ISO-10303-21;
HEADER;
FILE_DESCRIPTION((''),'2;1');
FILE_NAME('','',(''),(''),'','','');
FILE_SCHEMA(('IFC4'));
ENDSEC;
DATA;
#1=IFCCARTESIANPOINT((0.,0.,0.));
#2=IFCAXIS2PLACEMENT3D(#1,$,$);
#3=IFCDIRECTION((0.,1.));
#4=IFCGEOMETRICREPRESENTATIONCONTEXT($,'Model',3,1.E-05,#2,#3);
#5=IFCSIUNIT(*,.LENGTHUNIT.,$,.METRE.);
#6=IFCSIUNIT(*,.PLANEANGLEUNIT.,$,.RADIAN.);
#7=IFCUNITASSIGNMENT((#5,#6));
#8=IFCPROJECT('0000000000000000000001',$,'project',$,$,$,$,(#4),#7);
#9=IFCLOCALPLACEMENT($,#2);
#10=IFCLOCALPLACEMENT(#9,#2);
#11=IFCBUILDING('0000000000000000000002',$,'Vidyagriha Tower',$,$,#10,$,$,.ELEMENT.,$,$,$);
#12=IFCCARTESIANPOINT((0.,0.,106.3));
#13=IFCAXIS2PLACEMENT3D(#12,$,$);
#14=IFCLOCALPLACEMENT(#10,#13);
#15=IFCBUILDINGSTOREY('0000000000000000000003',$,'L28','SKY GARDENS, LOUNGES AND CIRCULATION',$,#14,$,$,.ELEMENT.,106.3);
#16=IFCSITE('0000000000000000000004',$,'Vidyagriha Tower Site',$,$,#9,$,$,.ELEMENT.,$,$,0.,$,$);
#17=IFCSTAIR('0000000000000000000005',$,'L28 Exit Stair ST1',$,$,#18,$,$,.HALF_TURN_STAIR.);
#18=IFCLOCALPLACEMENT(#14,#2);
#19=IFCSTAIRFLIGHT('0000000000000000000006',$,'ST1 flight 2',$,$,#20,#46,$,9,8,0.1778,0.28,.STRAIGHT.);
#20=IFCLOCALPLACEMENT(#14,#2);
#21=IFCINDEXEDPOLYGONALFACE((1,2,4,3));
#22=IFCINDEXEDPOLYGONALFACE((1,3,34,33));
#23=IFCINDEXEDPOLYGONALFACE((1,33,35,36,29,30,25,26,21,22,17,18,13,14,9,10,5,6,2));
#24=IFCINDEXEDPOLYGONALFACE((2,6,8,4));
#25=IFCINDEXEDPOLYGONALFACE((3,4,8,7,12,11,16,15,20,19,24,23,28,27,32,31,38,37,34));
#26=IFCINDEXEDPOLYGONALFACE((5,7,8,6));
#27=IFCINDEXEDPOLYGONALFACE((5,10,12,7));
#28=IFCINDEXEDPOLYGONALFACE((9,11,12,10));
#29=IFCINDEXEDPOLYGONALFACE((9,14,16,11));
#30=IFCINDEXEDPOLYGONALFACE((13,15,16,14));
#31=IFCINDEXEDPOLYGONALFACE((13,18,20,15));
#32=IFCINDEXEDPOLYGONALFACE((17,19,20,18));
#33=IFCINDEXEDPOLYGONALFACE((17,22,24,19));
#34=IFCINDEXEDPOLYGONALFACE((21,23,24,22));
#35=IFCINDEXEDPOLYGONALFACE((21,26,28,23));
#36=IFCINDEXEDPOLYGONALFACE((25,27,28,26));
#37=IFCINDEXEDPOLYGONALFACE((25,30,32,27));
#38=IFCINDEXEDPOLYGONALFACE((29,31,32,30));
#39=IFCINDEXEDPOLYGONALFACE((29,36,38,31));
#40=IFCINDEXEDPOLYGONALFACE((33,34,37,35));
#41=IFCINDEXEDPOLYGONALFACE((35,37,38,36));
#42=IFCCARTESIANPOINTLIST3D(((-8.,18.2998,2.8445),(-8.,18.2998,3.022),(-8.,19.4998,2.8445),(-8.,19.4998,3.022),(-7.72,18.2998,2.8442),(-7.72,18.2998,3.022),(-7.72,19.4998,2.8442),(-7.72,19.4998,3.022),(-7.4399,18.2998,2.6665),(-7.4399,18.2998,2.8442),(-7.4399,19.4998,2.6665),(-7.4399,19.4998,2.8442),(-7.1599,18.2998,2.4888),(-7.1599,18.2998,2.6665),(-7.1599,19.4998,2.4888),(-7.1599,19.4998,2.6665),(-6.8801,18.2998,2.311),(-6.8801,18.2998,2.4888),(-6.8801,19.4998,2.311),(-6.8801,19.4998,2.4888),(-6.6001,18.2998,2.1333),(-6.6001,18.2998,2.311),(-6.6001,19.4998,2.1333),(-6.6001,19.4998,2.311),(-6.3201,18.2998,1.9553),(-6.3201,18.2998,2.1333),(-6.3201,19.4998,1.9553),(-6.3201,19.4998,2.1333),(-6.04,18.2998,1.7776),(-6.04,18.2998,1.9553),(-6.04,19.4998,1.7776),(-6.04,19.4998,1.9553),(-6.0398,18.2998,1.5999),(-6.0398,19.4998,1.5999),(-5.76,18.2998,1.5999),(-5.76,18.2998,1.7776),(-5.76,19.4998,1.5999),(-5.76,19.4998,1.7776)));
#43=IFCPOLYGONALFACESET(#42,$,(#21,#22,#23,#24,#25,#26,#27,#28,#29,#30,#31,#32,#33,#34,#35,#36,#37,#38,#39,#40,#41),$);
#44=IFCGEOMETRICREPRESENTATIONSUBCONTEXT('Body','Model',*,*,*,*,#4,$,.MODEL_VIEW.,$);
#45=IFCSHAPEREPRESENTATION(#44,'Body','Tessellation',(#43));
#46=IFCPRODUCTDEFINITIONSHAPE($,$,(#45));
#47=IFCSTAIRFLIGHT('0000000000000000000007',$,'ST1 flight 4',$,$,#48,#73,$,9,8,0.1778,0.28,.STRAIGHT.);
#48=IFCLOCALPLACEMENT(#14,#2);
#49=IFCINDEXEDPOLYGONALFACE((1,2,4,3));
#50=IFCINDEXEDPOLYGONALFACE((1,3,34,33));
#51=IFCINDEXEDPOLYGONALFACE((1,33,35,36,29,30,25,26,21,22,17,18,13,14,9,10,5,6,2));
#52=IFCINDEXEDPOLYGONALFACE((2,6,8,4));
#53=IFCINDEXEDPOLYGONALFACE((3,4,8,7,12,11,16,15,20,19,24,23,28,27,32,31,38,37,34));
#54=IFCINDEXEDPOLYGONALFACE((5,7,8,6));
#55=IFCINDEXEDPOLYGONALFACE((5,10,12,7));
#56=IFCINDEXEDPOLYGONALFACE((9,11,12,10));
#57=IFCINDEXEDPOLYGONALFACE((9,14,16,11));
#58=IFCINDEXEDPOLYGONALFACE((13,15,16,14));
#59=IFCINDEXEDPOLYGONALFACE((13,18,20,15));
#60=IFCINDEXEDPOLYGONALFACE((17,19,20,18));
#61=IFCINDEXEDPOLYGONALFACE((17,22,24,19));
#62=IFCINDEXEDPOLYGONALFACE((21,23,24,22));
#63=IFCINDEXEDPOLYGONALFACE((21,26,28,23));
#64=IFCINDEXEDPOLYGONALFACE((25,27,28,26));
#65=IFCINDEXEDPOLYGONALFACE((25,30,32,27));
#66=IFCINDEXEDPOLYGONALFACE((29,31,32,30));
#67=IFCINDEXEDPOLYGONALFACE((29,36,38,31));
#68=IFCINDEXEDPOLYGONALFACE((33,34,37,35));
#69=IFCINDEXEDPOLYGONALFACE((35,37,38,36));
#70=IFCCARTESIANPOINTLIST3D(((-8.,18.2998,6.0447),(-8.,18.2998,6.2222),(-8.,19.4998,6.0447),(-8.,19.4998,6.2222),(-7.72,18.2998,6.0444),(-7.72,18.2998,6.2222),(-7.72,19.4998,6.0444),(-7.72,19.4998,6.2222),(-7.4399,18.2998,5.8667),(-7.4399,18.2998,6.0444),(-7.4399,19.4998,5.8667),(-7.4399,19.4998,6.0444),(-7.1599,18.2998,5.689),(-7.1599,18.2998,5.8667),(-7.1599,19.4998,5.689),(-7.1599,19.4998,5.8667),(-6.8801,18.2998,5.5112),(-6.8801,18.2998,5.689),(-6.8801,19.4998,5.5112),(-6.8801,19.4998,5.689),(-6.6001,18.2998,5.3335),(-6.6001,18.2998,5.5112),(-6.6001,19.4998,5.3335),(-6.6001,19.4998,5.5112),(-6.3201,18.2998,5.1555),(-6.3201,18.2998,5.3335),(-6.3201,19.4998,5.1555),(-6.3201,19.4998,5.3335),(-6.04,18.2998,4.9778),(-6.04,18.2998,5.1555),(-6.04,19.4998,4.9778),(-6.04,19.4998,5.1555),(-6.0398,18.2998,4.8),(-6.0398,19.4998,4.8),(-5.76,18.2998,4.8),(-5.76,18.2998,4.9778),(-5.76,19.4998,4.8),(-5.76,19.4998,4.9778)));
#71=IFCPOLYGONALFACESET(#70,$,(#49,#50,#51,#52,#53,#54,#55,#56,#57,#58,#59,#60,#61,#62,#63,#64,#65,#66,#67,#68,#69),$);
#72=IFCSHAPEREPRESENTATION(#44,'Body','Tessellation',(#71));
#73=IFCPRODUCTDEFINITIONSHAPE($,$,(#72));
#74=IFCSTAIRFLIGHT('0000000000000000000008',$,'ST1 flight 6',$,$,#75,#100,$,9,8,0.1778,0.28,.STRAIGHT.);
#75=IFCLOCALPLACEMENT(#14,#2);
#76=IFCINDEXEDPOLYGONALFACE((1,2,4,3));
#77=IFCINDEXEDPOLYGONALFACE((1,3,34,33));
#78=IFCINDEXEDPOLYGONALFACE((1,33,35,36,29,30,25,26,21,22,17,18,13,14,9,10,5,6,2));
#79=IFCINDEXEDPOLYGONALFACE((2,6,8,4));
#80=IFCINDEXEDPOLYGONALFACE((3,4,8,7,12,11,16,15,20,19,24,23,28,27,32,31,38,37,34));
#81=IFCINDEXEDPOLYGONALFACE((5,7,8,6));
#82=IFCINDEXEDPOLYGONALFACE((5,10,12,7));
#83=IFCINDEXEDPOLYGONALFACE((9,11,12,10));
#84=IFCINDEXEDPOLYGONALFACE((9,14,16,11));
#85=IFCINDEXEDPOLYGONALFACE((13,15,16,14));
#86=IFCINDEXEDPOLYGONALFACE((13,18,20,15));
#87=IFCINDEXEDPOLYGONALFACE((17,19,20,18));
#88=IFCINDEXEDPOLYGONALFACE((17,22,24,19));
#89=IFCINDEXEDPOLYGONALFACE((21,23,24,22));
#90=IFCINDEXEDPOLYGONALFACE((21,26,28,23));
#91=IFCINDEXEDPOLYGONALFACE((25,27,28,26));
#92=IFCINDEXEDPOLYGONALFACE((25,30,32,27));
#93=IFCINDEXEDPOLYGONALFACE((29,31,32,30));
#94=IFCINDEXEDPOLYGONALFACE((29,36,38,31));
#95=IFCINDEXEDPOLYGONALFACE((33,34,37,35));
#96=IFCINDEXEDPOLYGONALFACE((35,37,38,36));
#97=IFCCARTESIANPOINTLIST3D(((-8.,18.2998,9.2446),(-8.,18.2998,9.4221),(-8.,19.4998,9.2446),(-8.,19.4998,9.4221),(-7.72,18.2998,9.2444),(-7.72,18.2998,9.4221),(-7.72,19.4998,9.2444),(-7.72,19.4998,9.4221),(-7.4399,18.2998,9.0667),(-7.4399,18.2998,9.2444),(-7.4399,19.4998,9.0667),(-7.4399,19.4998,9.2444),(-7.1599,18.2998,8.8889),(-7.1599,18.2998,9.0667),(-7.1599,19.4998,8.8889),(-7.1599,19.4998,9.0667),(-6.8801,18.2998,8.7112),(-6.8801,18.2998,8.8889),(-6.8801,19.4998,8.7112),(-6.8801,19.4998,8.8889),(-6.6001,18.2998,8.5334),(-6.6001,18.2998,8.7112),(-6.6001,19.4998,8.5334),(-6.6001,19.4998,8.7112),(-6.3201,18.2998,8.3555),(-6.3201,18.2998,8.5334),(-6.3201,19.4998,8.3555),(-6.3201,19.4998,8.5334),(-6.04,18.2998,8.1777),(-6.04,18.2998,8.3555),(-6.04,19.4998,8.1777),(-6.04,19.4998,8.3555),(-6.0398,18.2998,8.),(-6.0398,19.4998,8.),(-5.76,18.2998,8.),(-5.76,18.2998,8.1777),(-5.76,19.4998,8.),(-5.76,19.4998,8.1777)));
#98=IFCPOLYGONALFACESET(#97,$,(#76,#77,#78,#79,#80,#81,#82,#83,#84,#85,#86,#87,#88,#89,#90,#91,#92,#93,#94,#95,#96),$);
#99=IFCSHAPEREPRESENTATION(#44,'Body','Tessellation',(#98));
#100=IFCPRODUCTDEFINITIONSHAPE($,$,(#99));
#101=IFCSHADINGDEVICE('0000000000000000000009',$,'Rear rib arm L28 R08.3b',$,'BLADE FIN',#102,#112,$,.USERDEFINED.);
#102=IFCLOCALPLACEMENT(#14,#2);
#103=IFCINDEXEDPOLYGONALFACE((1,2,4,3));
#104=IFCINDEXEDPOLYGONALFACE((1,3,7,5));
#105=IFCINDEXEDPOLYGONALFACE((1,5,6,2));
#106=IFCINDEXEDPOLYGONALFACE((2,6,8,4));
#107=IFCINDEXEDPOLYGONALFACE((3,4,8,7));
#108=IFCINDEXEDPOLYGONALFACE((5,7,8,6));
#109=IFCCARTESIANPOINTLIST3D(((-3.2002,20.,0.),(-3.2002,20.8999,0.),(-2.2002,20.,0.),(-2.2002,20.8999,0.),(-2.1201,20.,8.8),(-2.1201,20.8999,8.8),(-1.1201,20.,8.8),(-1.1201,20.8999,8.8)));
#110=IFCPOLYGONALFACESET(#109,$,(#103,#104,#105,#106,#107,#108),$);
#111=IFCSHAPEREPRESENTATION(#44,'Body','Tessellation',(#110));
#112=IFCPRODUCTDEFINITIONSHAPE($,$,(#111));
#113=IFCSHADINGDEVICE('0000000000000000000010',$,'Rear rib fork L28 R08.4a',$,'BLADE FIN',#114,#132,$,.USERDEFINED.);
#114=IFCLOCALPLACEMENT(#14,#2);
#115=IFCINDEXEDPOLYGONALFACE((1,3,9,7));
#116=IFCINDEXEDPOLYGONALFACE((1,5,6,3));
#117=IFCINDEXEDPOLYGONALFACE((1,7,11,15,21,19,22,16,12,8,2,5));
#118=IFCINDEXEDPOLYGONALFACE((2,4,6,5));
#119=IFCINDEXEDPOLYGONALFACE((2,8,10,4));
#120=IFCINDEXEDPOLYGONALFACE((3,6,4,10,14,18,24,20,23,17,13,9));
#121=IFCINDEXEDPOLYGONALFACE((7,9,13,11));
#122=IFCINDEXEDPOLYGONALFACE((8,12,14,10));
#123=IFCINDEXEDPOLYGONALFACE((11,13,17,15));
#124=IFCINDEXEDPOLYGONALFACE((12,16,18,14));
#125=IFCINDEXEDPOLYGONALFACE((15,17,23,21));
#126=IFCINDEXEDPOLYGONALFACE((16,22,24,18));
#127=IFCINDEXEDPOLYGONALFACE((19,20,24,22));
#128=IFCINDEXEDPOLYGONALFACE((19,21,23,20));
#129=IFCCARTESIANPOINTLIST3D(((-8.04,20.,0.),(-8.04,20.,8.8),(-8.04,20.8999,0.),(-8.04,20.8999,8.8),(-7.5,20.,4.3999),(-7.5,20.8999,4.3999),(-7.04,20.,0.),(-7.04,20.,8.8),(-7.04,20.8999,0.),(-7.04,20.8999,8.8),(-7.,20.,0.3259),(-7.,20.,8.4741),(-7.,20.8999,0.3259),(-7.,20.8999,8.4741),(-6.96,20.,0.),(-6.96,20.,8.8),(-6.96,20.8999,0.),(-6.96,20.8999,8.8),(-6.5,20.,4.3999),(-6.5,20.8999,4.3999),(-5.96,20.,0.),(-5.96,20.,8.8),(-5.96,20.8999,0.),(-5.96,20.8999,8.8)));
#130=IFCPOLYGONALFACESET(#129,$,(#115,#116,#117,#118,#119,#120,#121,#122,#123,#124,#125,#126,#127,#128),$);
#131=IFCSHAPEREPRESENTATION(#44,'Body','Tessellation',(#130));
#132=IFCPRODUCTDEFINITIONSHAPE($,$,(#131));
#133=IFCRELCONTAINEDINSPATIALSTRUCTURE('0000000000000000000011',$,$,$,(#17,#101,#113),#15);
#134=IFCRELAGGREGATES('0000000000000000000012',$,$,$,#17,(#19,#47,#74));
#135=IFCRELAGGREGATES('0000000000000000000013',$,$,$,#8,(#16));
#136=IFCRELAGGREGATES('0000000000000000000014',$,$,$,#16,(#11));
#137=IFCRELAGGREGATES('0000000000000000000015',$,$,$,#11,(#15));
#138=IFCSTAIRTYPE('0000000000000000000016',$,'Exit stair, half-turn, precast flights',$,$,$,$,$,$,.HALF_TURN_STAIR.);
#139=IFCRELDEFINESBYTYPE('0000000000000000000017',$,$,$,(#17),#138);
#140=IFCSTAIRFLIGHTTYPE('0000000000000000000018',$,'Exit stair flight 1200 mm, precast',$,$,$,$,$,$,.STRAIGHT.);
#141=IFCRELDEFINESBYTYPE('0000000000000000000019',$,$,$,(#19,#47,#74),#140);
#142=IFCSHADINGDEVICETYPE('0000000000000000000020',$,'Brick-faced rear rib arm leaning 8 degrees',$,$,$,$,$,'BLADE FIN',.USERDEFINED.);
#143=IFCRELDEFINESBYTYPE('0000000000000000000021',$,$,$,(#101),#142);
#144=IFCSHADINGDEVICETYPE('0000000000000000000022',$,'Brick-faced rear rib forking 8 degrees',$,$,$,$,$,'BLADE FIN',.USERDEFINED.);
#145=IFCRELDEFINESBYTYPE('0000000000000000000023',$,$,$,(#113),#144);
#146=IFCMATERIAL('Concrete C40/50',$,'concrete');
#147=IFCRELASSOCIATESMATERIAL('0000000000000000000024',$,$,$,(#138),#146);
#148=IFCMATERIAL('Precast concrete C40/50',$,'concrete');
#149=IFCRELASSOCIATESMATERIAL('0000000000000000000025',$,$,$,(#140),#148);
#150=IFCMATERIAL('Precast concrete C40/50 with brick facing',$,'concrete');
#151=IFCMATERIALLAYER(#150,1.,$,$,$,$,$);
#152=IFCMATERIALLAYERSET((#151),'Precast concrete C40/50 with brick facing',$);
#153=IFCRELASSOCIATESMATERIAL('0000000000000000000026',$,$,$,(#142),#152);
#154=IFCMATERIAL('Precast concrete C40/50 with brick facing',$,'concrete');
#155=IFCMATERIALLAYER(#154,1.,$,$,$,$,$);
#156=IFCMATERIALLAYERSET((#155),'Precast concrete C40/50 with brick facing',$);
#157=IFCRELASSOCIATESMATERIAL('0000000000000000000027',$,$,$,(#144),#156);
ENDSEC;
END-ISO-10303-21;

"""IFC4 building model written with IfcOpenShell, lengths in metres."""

from ifc_helpers import new_model, si_unit, direction, frame, origin, place, context, subcontext, project, spatial, polyline, outline, extrude, material, layer, layer_set, type_object, element, aggregate, save


model = new_model("IFC4")

# Units and contexts
model_context = context("Model", 3, precision=1e-05, world=origin(), true_north=direction((0.0, 1.0)))
body_context = subcontext(model_context, "Body", "Model", "MODEL_VIEW")
ifc_project = project(units=[si_unit("LENGTHUNIT", "METRE"), si_unit("PLANEANGLEUNIT", "RADIAN")], contexts=[model_context])

# Site, building, storey
site_placement = place(None, origin())
site = spatial("IfcSite", under=ifc_project, at=site_placement, Name="Vidyagriha Tower Site", CompositionType="ELEMENT", RefElevation=0.0)
building_placement = place(site_placement, origin())
building = spatial("IfcBuilding", under=site, at=building_placement, Name="Vidyagriha Tower", CompositionType="ELEMENT")
storey_placement = place(building_placement, frame((0.0, 0.0, 106.3)))
storey = spatial("IfcBuildingStorey", under=building, at=storey_placement, Name="L28", Description="SKY GARDENS, LOUNGES AND CIRCULATION", CompositionType="ELEMENT", Elevation=106.3)

# Stair, stair flights
ifc_material_1 = material(Name="Concrete C40/50", Category="concrete")
stair_type = type_object("IfcStairType", Name="Exit stair, half-turn, precast flights", PredefinedType="HALF_TURN_STAIR", material=ifc_material_1)
stair_placement = place(storey_placement, origin())
stair = element("IfcStair", 1, at=stair_placement, inside=storey, type_object=stair_type, Name="L28 Exit Stair ST1", PredefinedType="HALF_TURN_STAIR")
ifc_material_2 = material(Name="Precast concrete C40/50", Category="concrete")
stair_flight_type = type_object("IfcStairFlightType", Name="Exit stair flight 1200 mm, precast", PredefinedType="STRAIGHT", material=ifc_material_2)
stair_flight_1_placement = place(storey_placement, frame((-5.76, 18.8999, 1.5999), z_axis=(0.0, 0.0, 1.0), x_axis=(-1.0, 0.0, 0.0)))
stair_flight_1 = element("IfcStairFlight", 2, at=stair_flight_1_placement, type_object=stair_flight_type, Name="ST1 flight 2", NumberOfRisers=9, NumberOfTreads=8, PredefinedType="STRAIGHT", RiserHeight=0.1778, TreadLength=0.28, context=body_context, shape_type="SweptSolid", body=[
    extrude(outline(polyline([(0.0, 0.0), (0.0, 0.1777), (0.28, 0.1777), (0.28, 0.3555), (0.5601, 0.3555), (0.5601, 0.5334), (0.8401, 0.5334), (0.8401, 0.7112), (1.1201, 0.7112), (1.1201, 0.8889), (1.3999, 0.8889), (1.3999, 1.0667), (1.6799, 1.0667), (1.6799, 1.2444), (1.96, 1.2444), (1.96, 1.4221), (2.24, 1.4221), (2.24, 1.6001), (2.24, 1.2446), (0.2798, 0.0), (0.0, 0.0)])), frame((0.0, 0.6001, 0.0), z_axis=(0.0, -1.0, 0.0), x_axis=(1.0, 0.0, 0.0)), (0.0, 0.0, 1.0), 1.2),
])
stair_flight_2_placement = place(storey_placement, frame((-5.76, 18.8999, 4.8), z_axis=(0.0, 0.0, 1.0), x_axis=(-1.0, 0.0, 0.0)))
stair_flight_2 = element("IfcStairFlight", 3, at=stair_flight_2_placement, type_object=stair_flight_type, Name="ST1 flight 4", NumberOfRisers=9, NumberOfTreads=8, PredefinedType="STRAIGHT", RiserHeight=0.1778, TreadLength=0.28, context=body_context, shape_type="SweptSolid", body=[
    extrude(outline(polyline([(0.0, 0.0), (0.0, 0.1777), (0.28, 0.1777), (0.28, 0.3555), (0.5601, 0.3555), (0.5601, 0.5334), (0.8401, 0.5334), (0.8401, 0.7112), (1.1201, 0.7112), (1.1201, 0.8889), (1.3999, 0.8889), (1.3999, 1.0667), (1.6799, 1.0667), (1.6799, 1.2444), (1.96, 1.2444), (1.96, 1.4221), (2.24, 1.4221), (2.24, 1.6001), (2.24, 1.2446), (0.2798, 0.0), (0.0, 0.0)])), frame((0.0, 0.6001, 0.0), z_axis=(0.0, -1.0, 0.0), x_axis=(1.0, 0.0, 0.0)), (0.0, 0.0, 1.0), 1.2),
])
stair_flight_3_placement = place(storey_placement, frame((-5.76, 18.8999, 8.0), z_axis=(0.0, 0.0, 1.0), x_axis=(-1.0, 0.0, 0.0)))
stair_flight_3 = element("IfcStairFlight", 4, at=stair_flight_3_placement, type_object=stair_flight_type, Name="ST1 flight 6", NumberOfRisers=9, NumberOfTreads=8, PredefinedType="STRAIGHT", RiserHeight=0.1778, TreadLength=0.28, context=body_context, shape_type="SweptSolid", body=[
    extrude(outline(polyline([(0.0, 0.0), (0.0, 0.1777), (0.28, 0.1777), (0.28, 0.3555), (0.5601, 0.3555), (0.5601, 0.5334), (0.8401, 0.5334), (0.8401, 0.7112), (1.1201, 0.7112), (1.1201, 0.8889), (1.3999, 0.8889), (1.3999, 1.0667), (1.6799, 1.0667), (1.6799, 1.2444), (1.96, 1.2444), (1.96, 1.4221), (2.24, 1.4221), (2.24, 1.6001), (2.24, 1.2446), (0.2798, 0.0), (0.0, 0.0)])), frame((0.0, 0.6001, 0.0), z_axis=(0.0, -1.0, 0.0), x_axis=(1.0, 0.0, 0.0)), (0.0, 0.0, 1.0), 1.2),
])
aggregate(stair, [stair_flight_1, stair_flight_2, stair_flight_3])

# Shading devices
ifc_material_3 = material(Name="Precast concrete C40/50 with brick facing", Category="concrete")
ifc_layer_1 = layer(ifc_material_3, 1.0)
ifc_layer_set_1 = layer_set([ifc_layer_1], Name="Precast concrete C40/50 with brick facing")
shading_device_type_1 = type_object("IfcShadingDeviceType", Name="Brick-faced rear rib arm leaning 8 degrees", ElementType="BLADE FIN", PredefinedType="USERDEFINED", material=ifc_layer_set_1)
shading_device_1_placement = place(storey_placement, frame((-1.1201, 20.45, 0.0), z_axis=(0.0, 0.0, 1.0), x_axis=(-1.0, 0.0, 0.0)))
element("IfcShadingDevice", 5, at=shading_device_1_placement, inside=storey, type_object=shading_device_type_1, Name="Rear rib arm L28 R08.3b", ObjectType="BLADE FIN", PredefinedType="USERDEFINED", context=body_context, shape_type="SweptSolid", body=[
    extrude(outline(polyline([(1.0801, 0.0), (2.0801, 0.0), (1.0, 8.8), (0.0, 8.8), (1.0801, 0.0)])), frame((0.0, 0.45, 0.0), z_axis=(0.0, -1.0, 0.0), x_axis=(1.0, 0.0, 0.0)), (0.0, 0.0, 1.0), 0.8999),
])
ifc_material_4 = material(Name="Precast concrete C40/50 with brick facing", Category="concrete")
ifc_layer_2 = layer(ifc_material_4, 1.0)
ifc_layer_set_2 = layer_set([ifc_layer_2], Name="Precast concrete C40/50 with brick facing")
shading_device_type_2 = type_object("IfcShadingDeviceType", Name="Brick-faced rear rib forking 8 degrees", ElementType="BLADE FIN", PredefinedType="USERDEFINED", material=ifc_layer_set_2)
shading_device_2_placement = place(storey_placement, frame((-5.96, 20.45, 0.0), z_axis=(0.0, 0.0, 1.0), x_axis=(-1.0, 0.0, 0.0)))
element("IfcShadingDevice", 6, at=shading_device_2_placement, inside=storey, type_object=shading_device_type_2, Name="Rear rib fork L28 R08.4a", ObjectType="BLADE FIN", PredefinedType="USERDEFINED", context=body_context, shape_type="SweptSolid", body=[
    extrude(outline(polyline([(1.0, 0.0), (1.04, 0.3259), (1.0801, 0.0), (2.0801, 0.0), (1.54, 4.3999), (2.0801, 8.8), (1.0801, 8.8), (1.04, 8.4741), (1.0, 8.8), (0.0, 8.8), (0.54, 4.3999), (0.0, 0.0), (1.0, 0.0)])), frame((0.0, 0.45, 0.0), z_axis=(0.0, -1.0, 0.0), x_axis=(1.0, 0.0, 0.0)), (0.0, 0.0, 1.0), 0.8999),
])

save(model, "model.ifc")
